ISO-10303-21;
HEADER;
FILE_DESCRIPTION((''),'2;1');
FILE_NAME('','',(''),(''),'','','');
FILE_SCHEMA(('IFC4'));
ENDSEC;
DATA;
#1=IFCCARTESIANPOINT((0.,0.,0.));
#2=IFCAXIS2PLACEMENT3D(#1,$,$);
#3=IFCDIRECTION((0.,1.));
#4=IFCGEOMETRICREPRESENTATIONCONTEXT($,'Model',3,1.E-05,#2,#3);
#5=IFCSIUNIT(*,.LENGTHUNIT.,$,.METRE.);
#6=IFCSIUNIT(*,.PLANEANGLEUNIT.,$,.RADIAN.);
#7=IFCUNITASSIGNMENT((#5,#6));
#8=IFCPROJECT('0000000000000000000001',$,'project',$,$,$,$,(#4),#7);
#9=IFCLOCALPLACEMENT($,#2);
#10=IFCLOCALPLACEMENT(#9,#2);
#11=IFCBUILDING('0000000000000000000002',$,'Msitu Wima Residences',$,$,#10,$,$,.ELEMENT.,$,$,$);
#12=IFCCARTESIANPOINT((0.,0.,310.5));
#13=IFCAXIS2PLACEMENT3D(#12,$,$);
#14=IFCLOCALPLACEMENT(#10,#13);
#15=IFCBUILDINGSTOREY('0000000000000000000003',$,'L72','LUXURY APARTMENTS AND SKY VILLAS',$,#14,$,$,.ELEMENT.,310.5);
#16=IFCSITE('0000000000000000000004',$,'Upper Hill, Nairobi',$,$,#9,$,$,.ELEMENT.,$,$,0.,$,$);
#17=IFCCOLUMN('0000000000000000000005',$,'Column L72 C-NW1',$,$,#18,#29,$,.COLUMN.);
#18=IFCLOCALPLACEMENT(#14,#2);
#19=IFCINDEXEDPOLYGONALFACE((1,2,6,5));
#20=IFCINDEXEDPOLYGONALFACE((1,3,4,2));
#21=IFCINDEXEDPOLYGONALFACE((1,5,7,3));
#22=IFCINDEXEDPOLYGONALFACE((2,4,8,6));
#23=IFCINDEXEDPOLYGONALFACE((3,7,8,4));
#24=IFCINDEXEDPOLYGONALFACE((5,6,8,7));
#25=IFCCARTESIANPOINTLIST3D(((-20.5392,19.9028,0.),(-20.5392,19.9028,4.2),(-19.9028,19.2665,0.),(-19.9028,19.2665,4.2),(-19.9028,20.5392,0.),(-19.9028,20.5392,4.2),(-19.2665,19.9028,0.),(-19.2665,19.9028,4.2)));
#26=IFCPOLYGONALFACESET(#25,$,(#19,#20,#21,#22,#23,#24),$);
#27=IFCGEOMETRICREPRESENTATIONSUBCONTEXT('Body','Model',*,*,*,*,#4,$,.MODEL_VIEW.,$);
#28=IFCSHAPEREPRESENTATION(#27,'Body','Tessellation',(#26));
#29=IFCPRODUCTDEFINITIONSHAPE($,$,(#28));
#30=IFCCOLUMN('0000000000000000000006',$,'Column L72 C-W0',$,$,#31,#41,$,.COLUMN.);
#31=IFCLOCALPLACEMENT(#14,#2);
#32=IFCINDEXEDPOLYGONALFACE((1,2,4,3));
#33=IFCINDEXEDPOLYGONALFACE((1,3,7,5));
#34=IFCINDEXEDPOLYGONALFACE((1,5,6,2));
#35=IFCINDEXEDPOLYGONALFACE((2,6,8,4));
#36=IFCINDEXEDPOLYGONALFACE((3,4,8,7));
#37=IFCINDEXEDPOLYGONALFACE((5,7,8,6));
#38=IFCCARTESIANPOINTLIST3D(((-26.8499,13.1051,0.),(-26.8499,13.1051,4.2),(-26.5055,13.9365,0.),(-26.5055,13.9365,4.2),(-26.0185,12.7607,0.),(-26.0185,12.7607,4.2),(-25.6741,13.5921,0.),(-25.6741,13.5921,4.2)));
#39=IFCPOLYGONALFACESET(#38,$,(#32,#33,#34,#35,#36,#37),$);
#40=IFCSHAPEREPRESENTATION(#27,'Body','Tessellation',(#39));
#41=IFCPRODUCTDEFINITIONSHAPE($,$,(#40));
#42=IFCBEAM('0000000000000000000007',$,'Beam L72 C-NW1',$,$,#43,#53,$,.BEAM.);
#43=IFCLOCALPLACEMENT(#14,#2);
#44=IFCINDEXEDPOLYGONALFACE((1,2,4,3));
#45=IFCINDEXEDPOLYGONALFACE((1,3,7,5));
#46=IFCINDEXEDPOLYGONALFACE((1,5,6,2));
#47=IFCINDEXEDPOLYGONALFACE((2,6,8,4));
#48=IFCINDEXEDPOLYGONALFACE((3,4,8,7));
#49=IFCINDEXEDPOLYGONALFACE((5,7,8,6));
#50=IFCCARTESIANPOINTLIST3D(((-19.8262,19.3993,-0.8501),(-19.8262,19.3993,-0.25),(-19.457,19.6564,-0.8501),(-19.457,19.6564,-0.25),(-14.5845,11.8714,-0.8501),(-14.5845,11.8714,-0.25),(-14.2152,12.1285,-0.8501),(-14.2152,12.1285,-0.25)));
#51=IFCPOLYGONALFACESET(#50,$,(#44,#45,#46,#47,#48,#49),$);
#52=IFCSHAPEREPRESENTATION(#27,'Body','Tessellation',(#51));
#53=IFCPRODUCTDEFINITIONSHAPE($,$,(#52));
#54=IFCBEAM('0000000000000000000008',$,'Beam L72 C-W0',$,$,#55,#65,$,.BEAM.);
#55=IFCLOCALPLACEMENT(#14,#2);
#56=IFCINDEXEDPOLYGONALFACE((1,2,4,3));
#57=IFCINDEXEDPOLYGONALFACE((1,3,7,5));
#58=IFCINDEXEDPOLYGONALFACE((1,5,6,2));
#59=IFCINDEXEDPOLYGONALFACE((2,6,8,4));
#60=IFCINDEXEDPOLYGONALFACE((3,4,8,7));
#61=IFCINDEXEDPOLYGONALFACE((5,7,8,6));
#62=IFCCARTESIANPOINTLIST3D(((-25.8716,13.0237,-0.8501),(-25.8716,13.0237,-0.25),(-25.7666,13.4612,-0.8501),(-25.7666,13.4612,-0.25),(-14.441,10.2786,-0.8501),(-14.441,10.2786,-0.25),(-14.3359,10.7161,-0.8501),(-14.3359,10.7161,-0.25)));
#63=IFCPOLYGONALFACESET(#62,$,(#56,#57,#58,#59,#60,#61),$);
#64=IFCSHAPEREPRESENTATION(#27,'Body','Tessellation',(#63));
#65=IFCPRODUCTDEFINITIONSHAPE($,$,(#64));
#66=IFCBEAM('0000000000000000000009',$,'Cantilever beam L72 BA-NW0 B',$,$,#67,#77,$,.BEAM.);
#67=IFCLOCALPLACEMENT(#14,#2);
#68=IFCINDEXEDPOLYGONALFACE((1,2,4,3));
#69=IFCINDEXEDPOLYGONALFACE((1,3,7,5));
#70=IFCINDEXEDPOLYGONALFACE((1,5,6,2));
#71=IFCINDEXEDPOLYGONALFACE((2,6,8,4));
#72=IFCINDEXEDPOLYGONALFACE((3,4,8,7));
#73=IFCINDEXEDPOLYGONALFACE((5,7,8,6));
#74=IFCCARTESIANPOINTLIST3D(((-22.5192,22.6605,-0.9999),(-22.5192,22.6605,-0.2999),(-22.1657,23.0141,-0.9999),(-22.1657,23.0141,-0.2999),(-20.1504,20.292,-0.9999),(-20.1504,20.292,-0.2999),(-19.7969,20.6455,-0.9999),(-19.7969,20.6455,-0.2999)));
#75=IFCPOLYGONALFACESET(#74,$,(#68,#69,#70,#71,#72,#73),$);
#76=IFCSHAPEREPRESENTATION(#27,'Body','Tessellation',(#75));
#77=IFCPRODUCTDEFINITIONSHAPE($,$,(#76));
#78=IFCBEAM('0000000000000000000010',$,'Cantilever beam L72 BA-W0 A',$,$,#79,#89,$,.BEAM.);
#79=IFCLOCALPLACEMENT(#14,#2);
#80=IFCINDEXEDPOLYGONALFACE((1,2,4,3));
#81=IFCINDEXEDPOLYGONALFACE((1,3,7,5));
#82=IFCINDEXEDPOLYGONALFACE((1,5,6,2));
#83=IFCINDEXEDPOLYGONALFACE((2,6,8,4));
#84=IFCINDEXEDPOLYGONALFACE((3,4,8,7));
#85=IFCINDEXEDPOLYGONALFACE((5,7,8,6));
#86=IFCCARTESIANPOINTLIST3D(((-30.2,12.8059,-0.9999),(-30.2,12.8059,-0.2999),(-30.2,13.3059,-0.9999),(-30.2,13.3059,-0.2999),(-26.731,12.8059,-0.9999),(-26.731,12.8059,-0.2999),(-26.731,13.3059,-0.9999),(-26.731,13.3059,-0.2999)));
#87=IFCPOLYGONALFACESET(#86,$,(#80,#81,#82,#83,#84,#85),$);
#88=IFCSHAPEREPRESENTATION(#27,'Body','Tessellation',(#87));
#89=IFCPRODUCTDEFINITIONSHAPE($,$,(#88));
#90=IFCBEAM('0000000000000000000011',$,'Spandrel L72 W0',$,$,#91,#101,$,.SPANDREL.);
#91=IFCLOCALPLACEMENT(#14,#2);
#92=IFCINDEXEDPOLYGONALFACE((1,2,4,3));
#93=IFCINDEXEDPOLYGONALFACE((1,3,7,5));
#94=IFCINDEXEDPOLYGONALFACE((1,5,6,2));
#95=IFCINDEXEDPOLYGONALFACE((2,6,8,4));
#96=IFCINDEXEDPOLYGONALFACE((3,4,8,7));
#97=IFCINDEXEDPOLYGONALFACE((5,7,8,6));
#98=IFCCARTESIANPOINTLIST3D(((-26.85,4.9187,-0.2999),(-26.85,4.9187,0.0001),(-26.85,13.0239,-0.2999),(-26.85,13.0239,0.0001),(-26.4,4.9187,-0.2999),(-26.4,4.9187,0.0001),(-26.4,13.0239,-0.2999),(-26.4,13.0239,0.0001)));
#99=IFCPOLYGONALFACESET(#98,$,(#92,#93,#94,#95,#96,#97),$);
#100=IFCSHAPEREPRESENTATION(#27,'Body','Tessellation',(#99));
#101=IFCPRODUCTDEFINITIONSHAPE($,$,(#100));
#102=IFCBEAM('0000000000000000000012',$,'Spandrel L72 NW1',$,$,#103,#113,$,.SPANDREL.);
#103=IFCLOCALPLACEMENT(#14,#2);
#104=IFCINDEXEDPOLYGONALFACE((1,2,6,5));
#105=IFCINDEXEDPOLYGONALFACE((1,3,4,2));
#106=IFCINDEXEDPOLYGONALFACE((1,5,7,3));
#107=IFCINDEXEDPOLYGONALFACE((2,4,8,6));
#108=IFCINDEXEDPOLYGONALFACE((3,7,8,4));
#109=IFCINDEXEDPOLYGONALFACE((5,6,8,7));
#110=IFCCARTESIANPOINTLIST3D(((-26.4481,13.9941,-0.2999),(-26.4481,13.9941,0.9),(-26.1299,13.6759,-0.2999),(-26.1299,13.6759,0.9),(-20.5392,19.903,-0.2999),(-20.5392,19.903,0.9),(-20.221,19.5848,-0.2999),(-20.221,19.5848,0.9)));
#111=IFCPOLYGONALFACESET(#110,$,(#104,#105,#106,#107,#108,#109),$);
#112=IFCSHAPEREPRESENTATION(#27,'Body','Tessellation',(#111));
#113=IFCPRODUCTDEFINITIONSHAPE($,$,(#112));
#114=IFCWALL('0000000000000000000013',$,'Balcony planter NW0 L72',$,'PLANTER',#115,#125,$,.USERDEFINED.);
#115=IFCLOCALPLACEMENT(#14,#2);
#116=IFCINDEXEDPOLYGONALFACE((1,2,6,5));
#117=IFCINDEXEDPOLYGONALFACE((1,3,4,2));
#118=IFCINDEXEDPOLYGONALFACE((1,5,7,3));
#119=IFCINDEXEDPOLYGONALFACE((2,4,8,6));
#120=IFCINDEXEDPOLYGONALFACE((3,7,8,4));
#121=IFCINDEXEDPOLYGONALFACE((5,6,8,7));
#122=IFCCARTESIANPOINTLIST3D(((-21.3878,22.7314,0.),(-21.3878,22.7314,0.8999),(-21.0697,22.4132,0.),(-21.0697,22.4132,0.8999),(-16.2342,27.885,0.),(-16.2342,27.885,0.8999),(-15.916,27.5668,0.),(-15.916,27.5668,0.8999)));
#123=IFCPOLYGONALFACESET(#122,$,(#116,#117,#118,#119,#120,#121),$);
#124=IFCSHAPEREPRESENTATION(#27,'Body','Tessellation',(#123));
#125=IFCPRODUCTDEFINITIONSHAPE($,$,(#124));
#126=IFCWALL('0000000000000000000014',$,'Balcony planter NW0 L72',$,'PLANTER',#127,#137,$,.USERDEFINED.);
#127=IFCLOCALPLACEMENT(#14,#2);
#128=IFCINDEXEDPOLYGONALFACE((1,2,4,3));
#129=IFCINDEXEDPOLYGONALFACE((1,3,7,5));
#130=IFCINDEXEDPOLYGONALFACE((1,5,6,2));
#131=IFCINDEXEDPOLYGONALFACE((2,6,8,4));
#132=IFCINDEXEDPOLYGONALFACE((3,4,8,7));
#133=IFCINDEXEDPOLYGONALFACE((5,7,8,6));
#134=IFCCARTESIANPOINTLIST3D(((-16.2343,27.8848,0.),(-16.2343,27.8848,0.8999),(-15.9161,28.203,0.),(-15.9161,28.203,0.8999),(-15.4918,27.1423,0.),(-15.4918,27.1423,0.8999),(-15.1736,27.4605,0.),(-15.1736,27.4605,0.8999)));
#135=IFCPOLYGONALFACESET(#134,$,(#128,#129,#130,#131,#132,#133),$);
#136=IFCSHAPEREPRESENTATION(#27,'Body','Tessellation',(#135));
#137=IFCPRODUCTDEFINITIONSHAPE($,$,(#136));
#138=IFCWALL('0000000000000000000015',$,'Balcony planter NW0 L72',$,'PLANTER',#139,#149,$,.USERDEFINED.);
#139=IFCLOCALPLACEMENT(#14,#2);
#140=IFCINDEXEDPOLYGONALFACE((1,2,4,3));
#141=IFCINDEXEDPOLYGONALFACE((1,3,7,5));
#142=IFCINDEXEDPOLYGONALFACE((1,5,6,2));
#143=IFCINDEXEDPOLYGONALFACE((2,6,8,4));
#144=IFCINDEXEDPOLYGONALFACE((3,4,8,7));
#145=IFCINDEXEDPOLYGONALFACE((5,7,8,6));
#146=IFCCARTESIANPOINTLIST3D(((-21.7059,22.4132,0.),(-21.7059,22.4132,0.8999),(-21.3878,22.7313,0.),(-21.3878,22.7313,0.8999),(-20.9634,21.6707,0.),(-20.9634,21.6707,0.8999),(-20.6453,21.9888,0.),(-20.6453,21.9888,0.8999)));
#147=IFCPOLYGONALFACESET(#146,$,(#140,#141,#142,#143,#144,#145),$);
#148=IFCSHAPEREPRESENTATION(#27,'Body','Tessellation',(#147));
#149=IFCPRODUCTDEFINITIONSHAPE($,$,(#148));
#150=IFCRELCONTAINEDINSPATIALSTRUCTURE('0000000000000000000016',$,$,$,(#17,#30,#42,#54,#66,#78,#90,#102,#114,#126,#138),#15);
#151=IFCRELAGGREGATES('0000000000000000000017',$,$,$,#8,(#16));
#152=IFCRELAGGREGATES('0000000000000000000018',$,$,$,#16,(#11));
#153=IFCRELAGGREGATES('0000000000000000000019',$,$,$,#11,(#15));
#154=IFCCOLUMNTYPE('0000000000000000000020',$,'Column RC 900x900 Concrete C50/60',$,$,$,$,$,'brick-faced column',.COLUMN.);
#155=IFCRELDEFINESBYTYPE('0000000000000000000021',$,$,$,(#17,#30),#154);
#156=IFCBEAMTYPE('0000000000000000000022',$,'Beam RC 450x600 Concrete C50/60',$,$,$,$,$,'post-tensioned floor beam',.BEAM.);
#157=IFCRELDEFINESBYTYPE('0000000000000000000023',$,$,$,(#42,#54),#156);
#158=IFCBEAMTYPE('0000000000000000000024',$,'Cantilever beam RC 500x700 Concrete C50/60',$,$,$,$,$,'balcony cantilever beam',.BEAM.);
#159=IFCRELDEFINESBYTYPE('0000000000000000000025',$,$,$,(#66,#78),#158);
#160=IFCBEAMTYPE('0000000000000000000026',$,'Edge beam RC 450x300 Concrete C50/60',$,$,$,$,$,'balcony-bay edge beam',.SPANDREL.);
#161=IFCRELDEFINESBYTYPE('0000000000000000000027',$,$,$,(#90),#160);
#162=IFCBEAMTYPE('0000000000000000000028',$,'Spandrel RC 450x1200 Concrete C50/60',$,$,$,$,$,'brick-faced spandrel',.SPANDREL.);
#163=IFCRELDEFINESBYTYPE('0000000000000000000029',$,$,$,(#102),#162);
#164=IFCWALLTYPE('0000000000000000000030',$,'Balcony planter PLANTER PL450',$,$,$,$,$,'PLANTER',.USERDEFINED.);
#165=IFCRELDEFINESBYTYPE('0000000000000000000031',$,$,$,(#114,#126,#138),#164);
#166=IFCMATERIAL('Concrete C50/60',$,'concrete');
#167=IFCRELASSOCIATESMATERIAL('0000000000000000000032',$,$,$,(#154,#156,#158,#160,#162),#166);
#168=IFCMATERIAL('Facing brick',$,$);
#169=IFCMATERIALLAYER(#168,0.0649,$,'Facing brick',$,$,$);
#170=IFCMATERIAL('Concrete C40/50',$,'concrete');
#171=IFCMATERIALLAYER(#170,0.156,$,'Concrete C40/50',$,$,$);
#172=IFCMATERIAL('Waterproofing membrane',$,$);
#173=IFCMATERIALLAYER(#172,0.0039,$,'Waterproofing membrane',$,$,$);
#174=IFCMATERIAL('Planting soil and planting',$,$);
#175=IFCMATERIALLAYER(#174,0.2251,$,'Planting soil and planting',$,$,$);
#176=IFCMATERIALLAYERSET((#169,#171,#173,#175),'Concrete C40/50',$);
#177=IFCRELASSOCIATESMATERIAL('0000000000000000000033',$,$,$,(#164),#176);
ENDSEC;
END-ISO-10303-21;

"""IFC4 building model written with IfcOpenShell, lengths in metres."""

from ifc_helpers import new_model, si_unit, direction, frame, frame_2d, origin, origin_2d, place, context, subcontext, project, spatial, rectangle, extrude, material, layer, layer_set, material_profile, profile_set, type_object, element, save


model = new_model("IFC4")

# Units and contexts
model_context = context("Model", 3, precision=1e-05, world=origin(), true_north=direction((0.0, 1.0)))
body_context = subcontext(model_context, "Body", "Model", "MODEL_VIEW")
ifc_project = project(units=[si_unit("LENGTHUNIT", "METRE"), si_unit("PLANEANGLEUNIT", "RADIAN")], contexts=[model_context])

# Site, building, storey
site_placement = place(None, origin())
site = spatial("IfcSite", under=ifc_project, at=site_placement, Name="Upper Hill, Nairobi", CompositionType="ELEMENT", RefElevation=0.0)
building_placement = place(site_placement, origin())
building = spatial("IfcBuilding", under=site, at=building_placement, Name="Msitu Wima Residences", CompositionType="ELEMENT")
storey_placement = place(building_placement, frame((0.0, 0.0, 310.5)))
storey = spatial("IfcBuildingStorey", under=building, at=storey_placement, Name="L72", Description="LUXURY APARTMENTS AND SKY VILLAS", CompositionType="ELEMENT", Elevation=310.5)

# Columns
ifc_material_1 = material(Name="Concrete C50/60", Category="concrete")
ifc_material_profile_1 = material_profile(ifc_material_1, rectangle(XDim=0.8999, YDim=0.8999, at=origin_2d()), Name="RC 900x900")
ifc_profile_set_1 = profile_set([ifc_material_profile_1], Name="Concrete C50/60")
column_type = type_object("IfcColumnType", Name="Column RC 900x900 Concrete C50/60", ElementType="brick-faced column", PredefinedType="COLUMN", material=ifc_profile_set_1)
for number, where, z_axis, x_axis, name in (
    (1, (-19.9028, 19.9028, 0.0), (0.0, 0.0, 1.0), (-0.707107, -0.707107, 0.0), "Column L72 C-NW1"),
    (2, (-26.262, 13.3486, 0.0), (0.0, 0.0, 1.0), (-0.382683, -0.92388, 0.0), "Column L72 C-W0"),
):
    element("IfcColumn", number, at=place(storey_placement, frame(where, z_axis=z_axis, x_axis=x_axis)), inside=storey, type_object=column_type, Name=name, PredefinedType="COLUMN", context=body_context, shape_type="SweptSolid", body=[
        extrude(rectangle(XDim=0.8999, YDim=0.8999, at=origin_2d()), origin(), (0.0, 0.0, 1.0), 4.2),
    ])

# Beams
ifc_material_profile_2 = material_profile(ifc_material_1, rectangle(XDim=0.45, YDim=0.6001, at=origin_2d()), Name="RC 450x600")
ifc_profile_set_2 = profile_set([ifc_material_profile_2], Name="Concrete C50/60")
beam_type_1 = type_object("IfcBeamType", Name="Beam RC 450x600 Concrete C50/60", ElementType="post-tensioned floor beam", PredefinedType="BEAM", material=ifc_profile_set_2)
beam_1_placement = place(storey_placement, frame((-19.6416, 19.5278, -0.55), z_axis=(0.571428, -0.820652, 0.0), x_axis=(0.820652, 0.571428, 0.0)))
element("IfcBeam", 3, at=beam_1_placement, inside=storey, type_object=beam_type_1, Name="Beam L72 C-NW1", PredefinedType="BEAM", context=body_context, shape_type="SweptSolid", body=[
    extrude(rectangle(XDim=0.45, YDim=0.6001, at=origin_2d()), origin(), (0.0, 0.0, 1.0), 9.1731),
])
beam_2_placement = place(storey_placement, frame((-25.8191, 13.2424, -0.55), z_axis=(0.972353, -0.233514, 0.0), x_axis=(0.233514, 0.972353, 0.0)))
element("IfcBeam", 4, at=beam_2_placement, inside=storey, type_object=beam_type_1, Name="Beam L72 C-W0", PredefinedType="BEAM", context=body_context, shape_type="SweptSolid", body=[
    extrude(rectangle(XDim=0.45, YDim=0.6001, at=origin_2d()), origin(), (0.0, 0.0, 1.0), 11.7556),
])
ifc_material_profile_3 = material_profile(ifc_material_1, rectangle(XDim=0.5, YDim=0.7, at=origin_2d()), Name="RC 500x700")
ifc_profile_set_3 = profile_set([ifc_material_profile_3], Name="Concrete C50/60")
beam_type_2 = type_object("IfcBeamType", Name="Cantilever beam RC 500x700 Concrete C50/60", ElementType="balcony cantilever beam", PredefinedType="BEAM", material=ifc_profile_set_3)
beam_3_placement = place(storey_placement, frame((-19.9736, 20.4688, -0.6499), z_axis=(-0.707143, 0.70707, 0.0), x_axis=(-0.70707, -0.707143, 0.0)))
element("IfcBeam", 5, at=beam_3_placement, inside=storey, type_object=beam_type_2, Name="Cantilever beam L72 BA-NW0 B", PredefinedType="BEAM", context=body_context, shape_type="SweptSolid", body=[
    extrude(rectangle(XDim=0.5, YDim=0.7, at=origin_2d()), origin(), (0.0, 0.0, 1.0), 3.3499),
])
beam_4_placement = place(storey_placement, frame((-26.731, 13.0559, -0.6499), z_axis=(-1.0, 0.0, 0.0), x_axis=(0.0, -1.0, 0.0)))
element("IfcBeam", 6, at=beam_4_placement, inside=storey, type_object=beam_type_2, Name="Cantilever beam L72 BA-W0 A", PredefinedType="BEAM", context=body_context, shape_type="SweptSolid", body=[
    extrude(rectangle(XDim=0.5, YDim=0.7, at=origin_2d()), origin(), (0.0, 0.0, 1.0), 3.469),
])
ifc_material_profile_4 = material_profile(ifc_material_1, rectangle(XDim=0.45, YDim=0.3, at=origin_2d()), Name="RC 450x300")
ifc_profile_set_4 = profile_set([ifc_material_profile_4], Name="Concrete C50/60")
beam_type_3 = type_object("IfcBeamType", Name="Edge beam RC 450x300 Concrete C50/60", ElementType="balcony-bay edge beam", PredefinedType="SPANDREL", material=ifc_profile_set_4)
beam_5_placement = place(storey_placement, frame((-26.625, 13.0239, -0.1499), z_axis=(0.0, -1.0, 0.0), x_axis=(1.0, 0.0, 0.0)))
element("IfcBeam", 7, at=beam_5_placement, inside=storey, type_object=beam_type_3, Name="Spandrel L72 W0", PredefinedType="SPANDREL", context=body_context, shape_type="SweptSolid", body=[
    extrude(rectangle(XDim=0.45, YDim=0.3, at=origin_2d()), origin(), (0.0, 0.0, 1.0), 8.1052),
])
ifc_material_profile_5 = material_profile(ifc_material_1, rectangle(XDim=0.45, YDim=1.2, at=origin_2d()), Name="RC 450x1200")
ifc_profile_set_5 = profile_set([ifc_material_profile_5], Name="Concrete C50/60")
beam_type_4 = type_object("IfcBeamType", Name="Spandrel RC 450x1200 Concrete C50/60", ElementType="brick-faced spandrel", PredefinedType="SPANDREL", material=ifc_profile_set_5)
beam_6_placement = place(storey_placement, frame((-20.3801, 19.7439, 0.3), z_axis=(-0.707107, -0.707107, 0.0), x_axis=(0.707107, -0.707107, 0.0)))
element("IfcBeam", 8, at=beam_6_placement, inside=storey, type_object=beam_type_4, Name="Spandrel L72 NW1", PredefinedType="SPANDREL", context=body_context, shape_type="SweptSolid", body=[
    extrude(rectangle(XDim=0.45, YDim=1.2, at=origin_2d()), origin(), (0.0, 0.0, 1.0), 8.3564),
])

# Walls
ifc_material_2 = material(Name="Facing brick")
ifc_layer_1 = layer(ifc_material_2, 0.0649, Name="Facing brick")
ifc_material_3 = material(Name="Concrete C40/50", Category="concrete")
ifc_layer_2 = layer(ifc_material_3, 0.156, Name="Concrete C40/50")
ifc_material_4 = material(Name="Waterproofing membrane")
ifc_layer_3 = layer(ifc_material_4, 0.0039, Name="Waterproofing membrane")
ifc_material_5 = material(Name="Planting soil and planting")
ifc_layer_4 = layer(ifc_material_5, 0.2251, Name="Planting soil and planting")
ifc_layer_set_1 = layer_set([ifc_layer_1, ifc_layer_2, ifc_layer_3, ifc_layer_4], Name="Concrete C40/50")
wall_type_1 = type_object("IfcWallType", Name="Balcony planter PLANTER PL450", ElementType="PLANTER", PredefinedType="USERDEFINED", material=ifc_layer_set_1)
wall_1_placement = place(storey_placement, frame((-16.0752, 27.7258, 0.0), z_axis=(0.0, 0.0, 1.0), x_axis=(-0.707107, -0.707107, 0.0)))
element("IfcWall", 9, at=wall_1_placement, inside=storey, type_object=wall_type_1, Name="Balcony planter NW0 L72", ObjectType="PLANTER", PredefinedType="USERDEFINED", context=body_context, shape_type="SweptSolid", body=[
    extrude(rectangle(XDim=7.2883, YDim=0.45, at=frame_2d((3.644, 0.0))), origin(), (0.0, 0.0, 1.0), 0.8999),
])
for number, where, z_axis, x_axis, name in (
    (10, (-15.3328, 27.3015, 0.0), (0.0, 0.0, 1.0), (-0.707107, 0.707107, 0.0), "Balcony planter NW0 L72"),
    (11, (-20.8044, 21.8298, 0.0), (0.0, 0.0, 1.0), (-0.707107, 0.707107, 0.0), "Balcony planter NW0 L72"),
):
    element("IfcWall", number, at=place(storey_placement, frame(where, z_axis=z_axis, x_axis=x_axis)), inside=storey, type_object=wall_type_1, Name=name, ObjectType="PLANTER", PredefinedType="USERDEFINED", context=body_context, shape_type="SweptSolid", body=[
        extrude(rectangle(XDim=1.05, YDim=0.45, at=frame_2d((0.5249, 0.0))), origin(), (0.0, 0.0, 1.0), 0.8999),
    ])

save(model, "model.ifc")
